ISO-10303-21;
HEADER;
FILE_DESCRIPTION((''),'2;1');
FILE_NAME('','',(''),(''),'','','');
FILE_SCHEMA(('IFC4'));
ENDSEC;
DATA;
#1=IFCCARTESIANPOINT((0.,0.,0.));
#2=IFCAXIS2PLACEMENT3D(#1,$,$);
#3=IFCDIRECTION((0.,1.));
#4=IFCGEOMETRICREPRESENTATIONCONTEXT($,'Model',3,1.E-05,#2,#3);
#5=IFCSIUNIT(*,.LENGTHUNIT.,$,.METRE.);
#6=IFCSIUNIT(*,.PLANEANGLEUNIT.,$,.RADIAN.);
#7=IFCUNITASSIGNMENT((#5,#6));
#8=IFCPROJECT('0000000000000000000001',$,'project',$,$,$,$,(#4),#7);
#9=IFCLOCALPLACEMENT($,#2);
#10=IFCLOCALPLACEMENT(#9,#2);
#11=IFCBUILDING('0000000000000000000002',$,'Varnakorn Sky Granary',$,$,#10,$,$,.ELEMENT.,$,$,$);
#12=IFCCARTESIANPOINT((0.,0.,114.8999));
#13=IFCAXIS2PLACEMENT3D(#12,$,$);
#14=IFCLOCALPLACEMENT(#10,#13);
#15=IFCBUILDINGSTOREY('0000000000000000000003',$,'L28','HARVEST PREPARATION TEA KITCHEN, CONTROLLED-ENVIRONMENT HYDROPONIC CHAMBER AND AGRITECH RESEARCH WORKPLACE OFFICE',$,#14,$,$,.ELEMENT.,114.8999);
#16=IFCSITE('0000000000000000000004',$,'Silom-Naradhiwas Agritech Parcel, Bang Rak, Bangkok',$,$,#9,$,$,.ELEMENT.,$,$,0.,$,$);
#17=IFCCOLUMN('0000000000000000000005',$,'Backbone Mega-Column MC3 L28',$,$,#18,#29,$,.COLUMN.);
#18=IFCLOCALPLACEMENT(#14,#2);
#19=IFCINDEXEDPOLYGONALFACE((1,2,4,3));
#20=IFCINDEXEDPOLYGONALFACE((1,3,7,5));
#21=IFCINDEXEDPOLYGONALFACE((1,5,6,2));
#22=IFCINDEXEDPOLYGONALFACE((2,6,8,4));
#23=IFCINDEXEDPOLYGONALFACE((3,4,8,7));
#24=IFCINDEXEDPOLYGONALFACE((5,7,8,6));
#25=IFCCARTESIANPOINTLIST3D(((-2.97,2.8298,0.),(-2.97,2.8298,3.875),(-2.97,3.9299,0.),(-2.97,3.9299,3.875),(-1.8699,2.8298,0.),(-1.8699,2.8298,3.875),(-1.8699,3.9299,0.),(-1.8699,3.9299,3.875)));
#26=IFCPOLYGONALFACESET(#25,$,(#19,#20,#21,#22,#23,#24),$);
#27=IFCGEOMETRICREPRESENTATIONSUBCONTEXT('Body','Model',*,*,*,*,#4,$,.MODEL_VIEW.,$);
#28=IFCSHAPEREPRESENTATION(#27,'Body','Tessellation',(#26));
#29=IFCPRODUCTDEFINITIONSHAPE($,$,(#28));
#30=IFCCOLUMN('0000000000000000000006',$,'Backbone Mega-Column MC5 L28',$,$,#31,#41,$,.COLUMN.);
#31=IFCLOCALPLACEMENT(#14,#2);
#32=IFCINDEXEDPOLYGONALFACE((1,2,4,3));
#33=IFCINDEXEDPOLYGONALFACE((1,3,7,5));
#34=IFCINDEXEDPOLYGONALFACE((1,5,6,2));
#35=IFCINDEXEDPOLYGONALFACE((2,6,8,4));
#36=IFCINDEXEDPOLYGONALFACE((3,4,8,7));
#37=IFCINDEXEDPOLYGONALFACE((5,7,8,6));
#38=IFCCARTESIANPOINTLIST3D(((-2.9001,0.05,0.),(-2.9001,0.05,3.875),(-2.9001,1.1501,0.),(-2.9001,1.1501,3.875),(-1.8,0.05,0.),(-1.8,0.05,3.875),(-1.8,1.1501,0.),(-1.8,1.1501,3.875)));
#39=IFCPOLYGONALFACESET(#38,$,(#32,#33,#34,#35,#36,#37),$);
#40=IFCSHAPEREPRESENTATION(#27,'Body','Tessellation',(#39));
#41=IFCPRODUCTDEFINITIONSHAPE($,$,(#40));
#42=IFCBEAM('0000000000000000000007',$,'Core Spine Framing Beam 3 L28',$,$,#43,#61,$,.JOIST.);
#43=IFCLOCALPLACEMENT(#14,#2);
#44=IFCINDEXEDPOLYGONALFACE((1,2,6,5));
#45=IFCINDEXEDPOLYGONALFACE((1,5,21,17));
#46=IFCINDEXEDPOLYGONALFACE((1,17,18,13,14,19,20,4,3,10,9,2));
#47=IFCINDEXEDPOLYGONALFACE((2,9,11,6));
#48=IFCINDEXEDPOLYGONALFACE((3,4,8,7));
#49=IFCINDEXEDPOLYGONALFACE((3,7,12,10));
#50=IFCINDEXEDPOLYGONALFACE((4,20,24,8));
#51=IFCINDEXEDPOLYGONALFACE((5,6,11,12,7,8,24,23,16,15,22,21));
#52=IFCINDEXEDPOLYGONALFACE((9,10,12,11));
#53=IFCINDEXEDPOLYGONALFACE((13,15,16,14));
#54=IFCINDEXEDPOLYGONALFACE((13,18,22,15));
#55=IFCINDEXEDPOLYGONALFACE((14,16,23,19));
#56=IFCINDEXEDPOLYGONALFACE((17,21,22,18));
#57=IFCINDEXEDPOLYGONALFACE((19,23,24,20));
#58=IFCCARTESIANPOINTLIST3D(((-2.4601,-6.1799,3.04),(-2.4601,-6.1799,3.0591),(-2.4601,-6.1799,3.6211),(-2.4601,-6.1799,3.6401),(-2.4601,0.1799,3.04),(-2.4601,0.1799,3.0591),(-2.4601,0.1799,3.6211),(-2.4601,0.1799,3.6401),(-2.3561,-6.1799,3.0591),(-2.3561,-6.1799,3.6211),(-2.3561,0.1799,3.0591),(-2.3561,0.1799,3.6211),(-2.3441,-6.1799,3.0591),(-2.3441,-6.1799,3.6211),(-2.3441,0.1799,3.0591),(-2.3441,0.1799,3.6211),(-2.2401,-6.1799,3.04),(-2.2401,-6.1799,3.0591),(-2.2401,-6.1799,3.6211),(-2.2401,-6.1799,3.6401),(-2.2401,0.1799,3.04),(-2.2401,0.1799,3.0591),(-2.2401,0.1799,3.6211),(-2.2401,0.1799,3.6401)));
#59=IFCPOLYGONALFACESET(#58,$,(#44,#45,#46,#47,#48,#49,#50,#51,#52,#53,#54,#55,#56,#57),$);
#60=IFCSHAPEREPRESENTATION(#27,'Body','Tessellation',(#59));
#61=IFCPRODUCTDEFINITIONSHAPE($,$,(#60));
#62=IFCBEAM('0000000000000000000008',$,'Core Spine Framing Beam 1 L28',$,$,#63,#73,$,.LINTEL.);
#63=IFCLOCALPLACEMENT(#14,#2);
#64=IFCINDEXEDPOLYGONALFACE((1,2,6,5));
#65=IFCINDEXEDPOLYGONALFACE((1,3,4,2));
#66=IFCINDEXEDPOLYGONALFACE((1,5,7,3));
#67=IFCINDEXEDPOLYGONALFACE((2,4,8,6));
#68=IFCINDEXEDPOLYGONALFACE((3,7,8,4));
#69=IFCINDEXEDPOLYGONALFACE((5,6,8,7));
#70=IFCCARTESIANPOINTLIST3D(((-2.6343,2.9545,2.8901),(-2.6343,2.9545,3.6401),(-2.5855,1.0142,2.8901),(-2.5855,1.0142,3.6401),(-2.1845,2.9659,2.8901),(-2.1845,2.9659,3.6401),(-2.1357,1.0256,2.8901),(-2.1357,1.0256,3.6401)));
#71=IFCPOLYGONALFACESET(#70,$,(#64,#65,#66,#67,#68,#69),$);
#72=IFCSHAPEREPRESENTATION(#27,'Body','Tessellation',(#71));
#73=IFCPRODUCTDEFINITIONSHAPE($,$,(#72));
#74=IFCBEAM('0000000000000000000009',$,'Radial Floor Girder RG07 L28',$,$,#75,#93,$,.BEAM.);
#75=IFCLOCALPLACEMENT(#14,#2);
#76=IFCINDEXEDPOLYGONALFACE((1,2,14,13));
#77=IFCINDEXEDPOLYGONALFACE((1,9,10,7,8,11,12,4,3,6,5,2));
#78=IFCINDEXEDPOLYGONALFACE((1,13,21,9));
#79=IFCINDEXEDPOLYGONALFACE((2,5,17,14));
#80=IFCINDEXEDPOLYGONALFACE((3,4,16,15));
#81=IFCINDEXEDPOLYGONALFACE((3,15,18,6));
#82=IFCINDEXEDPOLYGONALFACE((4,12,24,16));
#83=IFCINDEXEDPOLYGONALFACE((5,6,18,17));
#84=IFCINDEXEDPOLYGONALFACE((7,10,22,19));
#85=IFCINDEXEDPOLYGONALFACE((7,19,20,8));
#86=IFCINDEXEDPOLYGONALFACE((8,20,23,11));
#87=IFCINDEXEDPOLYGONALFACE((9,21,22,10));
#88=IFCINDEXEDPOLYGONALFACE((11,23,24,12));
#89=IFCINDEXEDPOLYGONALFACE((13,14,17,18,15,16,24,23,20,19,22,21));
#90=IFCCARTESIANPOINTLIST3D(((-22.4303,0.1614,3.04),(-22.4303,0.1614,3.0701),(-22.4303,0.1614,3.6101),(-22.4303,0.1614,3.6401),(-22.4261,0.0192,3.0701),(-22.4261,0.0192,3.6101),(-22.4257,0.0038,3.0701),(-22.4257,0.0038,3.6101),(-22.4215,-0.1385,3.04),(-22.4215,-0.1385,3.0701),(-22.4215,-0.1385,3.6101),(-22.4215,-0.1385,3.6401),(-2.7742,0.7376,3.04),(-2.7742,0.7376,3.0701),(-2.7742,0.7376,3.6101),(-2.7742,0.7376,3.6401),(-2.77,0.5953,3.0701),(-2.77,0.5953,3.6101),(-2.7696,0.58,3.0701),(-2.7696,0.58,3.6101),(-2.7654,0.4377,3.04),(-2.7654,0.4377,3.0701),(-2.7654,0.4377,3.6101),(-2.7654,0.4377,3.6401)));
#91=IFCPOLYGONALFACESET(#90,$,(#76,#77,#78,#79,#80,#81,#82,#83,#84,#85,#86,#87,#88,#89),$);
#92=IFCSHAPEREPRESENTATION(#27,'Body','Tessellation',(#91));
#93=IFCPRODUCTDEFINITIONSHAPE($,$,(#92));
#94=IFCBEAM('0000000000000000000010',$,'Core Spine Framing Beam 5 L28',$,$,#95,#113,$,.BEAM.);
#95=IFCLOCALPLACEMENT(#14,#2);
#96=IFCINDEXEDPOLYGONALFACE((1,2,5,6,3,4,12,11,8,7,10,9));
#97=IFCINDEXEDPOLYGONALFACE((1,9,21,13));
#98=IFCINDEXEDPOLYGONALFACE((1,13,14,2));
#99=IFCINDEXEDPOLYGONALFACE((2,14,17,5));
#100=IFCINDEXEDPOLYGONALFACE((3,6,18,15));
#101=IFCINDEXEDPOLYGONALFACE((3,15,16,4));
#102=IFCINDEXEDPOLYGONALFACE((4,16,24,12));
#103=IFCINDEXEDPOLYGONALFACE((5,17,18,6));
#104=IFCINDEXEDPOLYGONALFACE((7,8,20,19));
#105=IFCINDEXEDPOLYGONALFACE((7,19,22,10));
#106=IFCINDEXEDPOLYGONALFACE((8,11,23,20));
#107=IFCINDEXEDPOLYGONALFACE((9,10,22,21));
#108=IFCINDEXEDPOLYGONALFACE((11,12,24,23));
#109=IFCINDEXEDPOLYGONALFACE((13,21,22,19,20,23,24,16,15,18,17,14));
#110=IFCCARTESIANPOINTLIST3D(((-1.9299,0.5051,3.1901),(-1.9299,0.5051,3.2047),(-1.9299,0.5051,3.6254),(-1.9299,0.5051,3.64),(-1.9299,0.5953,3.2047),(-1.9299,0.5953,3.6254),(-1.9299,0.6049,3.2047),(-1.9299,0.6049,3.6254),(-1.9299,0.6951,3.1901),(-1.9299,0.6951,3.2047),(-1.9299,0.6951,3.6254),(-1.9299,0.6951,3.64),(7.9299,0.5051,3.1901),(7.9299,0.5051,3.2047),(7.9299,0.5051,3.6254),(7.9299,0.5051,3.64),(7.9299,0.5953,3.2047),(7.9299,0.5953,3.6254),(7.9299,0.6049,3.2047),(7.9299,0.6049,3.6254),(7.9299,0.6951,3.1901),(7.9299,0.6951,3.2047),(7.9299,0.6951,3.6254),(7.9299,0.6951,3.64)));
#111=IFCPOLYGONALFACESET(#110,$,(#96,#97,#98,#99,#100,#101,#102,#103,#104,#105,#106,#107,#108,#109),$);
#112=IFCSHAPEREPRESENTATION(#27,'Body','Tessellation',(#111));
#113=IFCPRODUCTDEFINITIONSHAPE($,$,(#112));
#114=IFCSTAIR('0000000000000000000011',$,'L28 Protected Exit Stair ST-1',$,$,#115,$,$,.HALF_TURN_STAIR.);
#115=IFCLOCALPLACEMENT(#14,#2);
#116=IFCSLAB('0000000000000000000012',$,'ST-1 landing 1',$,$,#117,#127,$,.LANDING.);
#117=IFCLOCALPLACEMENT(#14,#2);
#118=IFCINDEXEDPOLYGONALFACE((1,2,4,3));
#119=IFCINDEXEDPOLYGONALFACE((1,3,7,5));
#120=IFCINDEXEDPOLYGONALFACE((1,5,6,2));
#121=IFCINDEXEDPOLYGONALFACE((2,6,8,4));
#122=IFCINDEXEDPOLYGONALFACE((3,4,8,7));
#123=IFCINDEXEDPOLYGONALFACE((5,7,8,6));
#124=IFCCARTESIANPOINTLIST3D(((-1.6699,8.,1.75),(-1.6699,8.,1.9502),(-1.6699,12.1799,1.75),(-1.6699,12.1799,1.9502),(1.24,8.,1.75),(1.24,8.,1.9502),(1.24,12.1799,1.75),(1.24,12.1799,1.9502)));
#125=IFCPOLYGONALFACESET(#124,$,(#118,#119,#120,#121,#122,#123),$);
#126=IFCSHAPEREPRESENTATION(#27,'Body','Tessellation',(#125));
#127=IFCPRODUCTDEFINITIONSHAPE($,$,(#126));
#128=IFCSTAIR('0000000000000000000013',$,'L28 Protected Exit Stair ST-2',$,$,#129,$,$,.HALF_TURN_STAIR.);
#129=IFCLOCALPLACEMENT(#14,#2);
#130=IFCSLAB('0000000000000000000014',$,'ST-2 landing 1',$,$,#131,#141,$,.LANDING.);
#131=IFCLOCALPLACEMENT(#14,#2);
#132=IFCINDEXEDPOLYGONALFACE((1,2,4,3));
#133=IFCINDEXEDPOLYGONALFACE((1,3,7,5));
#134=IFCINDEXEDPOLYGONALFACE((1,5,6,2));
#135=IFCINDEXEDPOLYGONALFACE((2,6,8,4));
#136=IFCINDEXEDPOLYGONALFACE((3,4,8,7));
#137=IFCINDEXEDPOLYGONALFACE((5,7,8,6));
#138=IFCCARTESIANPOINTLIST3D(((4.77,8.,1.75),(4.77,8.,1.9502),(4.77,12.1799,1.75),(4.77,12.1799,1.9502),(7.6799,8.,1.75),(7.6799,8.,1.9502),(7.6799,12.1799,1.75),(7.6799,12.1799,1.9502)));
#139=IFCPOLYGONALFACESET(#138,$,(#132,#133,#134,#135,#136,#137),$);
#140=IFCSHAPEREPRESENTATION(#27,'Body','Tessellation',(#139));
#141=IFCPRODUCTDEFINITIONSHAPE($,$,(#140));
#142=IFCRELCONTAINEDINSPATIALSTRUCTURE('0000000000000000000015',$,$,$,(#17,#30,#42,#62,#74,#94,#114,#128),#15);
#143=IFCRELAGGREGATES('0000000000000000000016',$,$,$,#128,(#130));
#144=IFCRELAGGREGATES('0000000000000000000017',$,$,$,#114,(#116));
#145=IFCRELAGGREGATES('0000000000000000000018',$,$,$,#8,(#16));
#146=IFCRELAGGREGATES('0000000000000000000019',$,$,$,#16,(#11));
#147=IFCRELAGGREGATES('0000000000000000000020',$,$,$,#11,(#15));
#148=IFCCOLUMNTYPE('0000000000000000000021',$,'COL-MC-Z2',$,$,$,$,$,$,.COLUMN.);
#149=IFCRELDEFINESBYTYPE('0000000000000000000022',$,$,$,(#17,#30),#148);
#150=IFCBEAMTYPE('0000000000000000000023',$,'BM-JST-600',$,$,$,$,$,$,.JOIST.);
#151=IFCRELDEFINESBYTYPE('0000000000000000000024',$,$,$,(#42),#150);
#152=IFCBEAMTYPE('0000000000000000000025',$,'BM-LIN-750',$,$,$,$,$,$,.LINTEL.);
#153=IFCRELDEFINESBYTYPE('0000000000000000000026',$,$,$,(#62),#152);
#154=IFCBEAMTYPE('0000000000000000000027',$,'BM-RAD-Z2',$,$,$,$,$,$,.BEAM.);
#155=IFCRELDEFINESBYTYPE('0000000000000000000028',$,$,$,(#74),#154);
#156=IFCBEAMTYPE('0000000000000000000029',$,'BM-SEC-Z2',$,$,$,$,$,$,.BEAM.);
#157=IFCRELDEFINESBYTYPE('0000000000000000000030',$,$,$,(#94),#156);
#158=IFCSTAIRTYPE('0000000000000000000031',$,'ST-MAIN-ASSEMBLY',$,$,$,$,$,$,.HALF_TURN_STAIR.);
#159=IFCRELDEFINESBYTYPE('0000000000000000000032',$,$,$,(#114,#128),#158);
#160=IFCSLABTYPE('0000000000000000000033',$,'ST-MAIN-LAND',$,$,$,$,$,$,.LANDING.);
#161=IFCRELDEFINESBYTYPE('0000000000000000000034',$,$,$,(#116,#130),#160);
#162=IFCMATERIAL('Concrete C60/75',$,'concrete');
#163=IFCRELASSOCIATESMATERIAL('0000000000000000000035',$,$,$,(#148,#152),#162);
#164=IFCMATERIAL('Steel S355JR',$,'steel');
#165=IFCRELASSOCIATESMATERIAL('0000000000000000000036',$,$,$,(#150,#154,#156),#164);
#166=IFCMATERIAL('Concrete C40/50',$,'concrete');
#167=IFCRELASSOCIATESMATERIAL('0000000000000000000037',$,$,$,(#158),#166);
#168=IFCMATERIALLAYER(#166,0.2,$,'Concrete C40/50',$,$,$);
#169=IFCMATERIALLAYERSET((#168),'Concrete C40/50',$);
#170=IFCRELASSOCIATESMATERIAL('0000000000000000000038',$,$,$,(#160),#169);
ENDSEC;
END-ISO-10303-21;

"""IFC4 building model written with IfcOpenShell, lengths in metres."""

from ifc_helpers import new_model, si_unit, direction, frame, origin, origin_2d, place, context, subcontext, project, spatial, polyline, rectangle, i_section, outline, extrude, material, layer, layer_set, material_profile, profile_set, type_object, element, aggregate, save


model = new_model("IFC4")

# Units and contexts
model_context = context("Model", 3, precision=1e-05, world=origin(), true_north=direction((0.0, 1.0)))
body_context = subcontext(model_context, "Body", "Model", "MODEL_VIEW")
ifc_project = project(units=[si_unit("LENGTHUNIT", "METRE"), si_unit("PLANEANGLEUNIT", "RADIAN")], contexts=[model_context])

# Site, building, storey
site_placement = place(None, origin())
site = spatial("IfcSite", under=ifc_project, at=site_placement, Name="Silom-Naradhiwas Agritech Parcel, Bang Rak, Bangkok", CompositionType="ELEMENT", RefElevation=0.0)
building_placement = place(site_placement, origin())
building = spatial("IfcBuilding", under=site, at=building_placement, Name="Varnakorn Sky Granary", CompositionType="ELEMENT")
storey_placement = place(building_placement, frame((0.0, 0.0, 114.8999)))
storey = spatial("IfcBuildingStorey", under=building, at=storey_placement, Name="L28", Description="HARVEST PREPARATION TEA KITCHEN, CONTROLLED-ENVIRONMENT HYDROPONIC CHAMBER AND AGRITECH RESEARCH WORKPLACE OFFICE", CompositionType="ELEMENT", Elevation=114.8999)

# Columns
ifc_material_1 = material(Name="Concrete C60/75", Category="concrete")
ifc_material_profile_1 = material_profile(ifc_material_1, rectangle(XDim=1.1001, YDim=1.1001, at=origin_2d()), Name="RC 1100x1100")
ifc_profile_set_1 = profile_set([ifc_material_profile_1], Name="Concrete C60/75")
column_type = type_object("IfcColumnType", Name="COL-MC-Z2", PredefinedType="COLUMN", material=ifc_profile_set_1)
for number, where, z_axis, x_axis, name in (
    (1, (-2.4199, 3.3799, 0.0), (0.0, 0.0, 1.0), (1.0, 0.0, 0.0), "Backbone Mega-Column MC3 L28"),
    (2, (-2.3501, 0.6001, 0.0), (0.0, 0.0, 1.0), (1.0, 0.0, 0.0), "Backbone Mega-Column MC5 L28"),
):
    element("IfcColumn", number, at=place(storey_placement, frame(where, z_axis=z_axis, x_axis=x_axis)), inside=storey, type_object=column_type, Name=name, PredefinedType="COLUMN", context=body_context, shape_type="SweptSolid", body=[
        extrude(rectangle(XDim=1.1001, YDim=1.1001, at=origin_2d()), origin(), (0.0, 0.0, 1.0), 3.875),
    ])

# Beams
ifc_material_2 = material(Name="Steel S355JR", Category="steel")
ifc_material_profile_2 = material_profile(ifc_material_2, i_section(OverallWidth=0.22, OverallDepth=0.6001, WebThickness=0.012, FlangeThickness=0.019, at=origin_2d()), Name="IPE 600")
ifc_profile_set_2 = profile_set([ifc_material_profile_2], Name="Steel S355JR")
beam_type_1 = type_object("IfcBeamType", Name="BM-JST-600", PredefinedType="JOIST", material=ifc_profile_set_2)
beam_1_placement = place(storey_placement, frame((-2.3501, 0.1799, 3.3401), z_axis=(0.0, -1.0, 0.0), x_axis=(1.0, 0.0, 0.0)))
element("IfcBeam", 3, at=beam_1_placement, inside=storey, type_object=beam_type_1, Name="Core Spine Framing Beam 3 L28", PredefinedType="JOIST", context=body_context, shape_type="SweptSolid", body=[
    extrude(i_section(OverallWidth=0.22, OverallDepth=0.6001, WebThickness=0.012, FlangeThickness=0.019, at=origin_2d()), origin(), (0.0, 0.0, 1.0), 6.3599),
])
ifc_material_profile_3 = material_profile(ifc_material_1, rectangle(XDim=0.45, YDim=0.75, at=origin_2d()), Name="RC 450x750")
ifc_profile_set_3 = profile_set([ifc_material_profile_3], Name="Concrete C60/75")
beam_type_2 = type_object("IfcBeamType", Name="BM-LIN-750", PredefinedType="LINTEL", material=ifc_profile_set_3)
beam_2_placement = place(storey_placement, frame((-2.4094, 2.9602, 3.2651), z_axis=(0.025159, -0.999683, 0.0), x_axis=(0.999683, 0.025159, 0.0)))
element("IfcBeam", 4, at=beam_2_placement, inside=storey, type_object=beam_type_2, Name="Core Spine Framing Beam 1 L28", PredefinedType="LINTEL", context=body_context, shape_type="SweptSolid", body=[
    extrude(rectangle(XDim=0.45, YDim=0.75, at=origin_2d()), origin(), (0.0, 0.0, 1.0), 1.9409),
])
ifc_material_profile_4 = material_profile(ifc_material_2, i_section(OverallWidth=0.3, OverallDepth=0.6001, WebThickness=0.0154, FlangeThickness=0.03, at=origin_2d()), Name="HE 600 B")
ifc_profile_set_4 = profile_set([ifc_material_profile_4], Name="Steel S355JR")
beam_type_3 = type_object("IfcBeamType", Name="BM-RAD-Z2", PredefinedType="BEAM", material=ifc_profile_set_4)
beam_3_placement = place(storey_placement, frame((-2.7698, 0.5876, 3.3401), z_axis=(-0.999571, -0.0293, 0.0), x_axis=(0.0293, -0.999571, 0.0)))
element("IfcBeam", 5, at=beam_3_placement, inside=storey, type_object=beam_type_3, Name="Radial Floor Girder RG07 L28", PredefinedType="BEAM", context=body_context, shape_type="SweptSolid", body=[
    extrude(i_section(OverallWidth=0.3, OverallDepth=0.6001, WebThickness=0.0154, FlangeThickness=0.03, at=origin_2d()), origin(), (0.0, 0.0, 1.0), 19.6646),
])
ifc_material_profile_5 = material_profile(ifc_material_2, i_section(OverallWidth=0.1899, OverallDepth=0.45, WebThickness=0.0095, FlangeThickness=0.0146, at=origin_2d()), Name="IPE 450")
ifc_profile_set_5 = profile_set([ifc_material_profile_5], Name="Steel S355JR")
beam_type_4 = type_object("IfcBeamType", Name="BM-SEC-Z2", PredefinedType="BEAM", material=ifc_profile_set_5)
beam_4_placement = place(storey_placement, frame((-1.9299, 0.6001, 3.415), z_axis=(1.0, 0.0, 0.0), x_axis=(0.0, 1.0, 0.0)))
element("IfcBeam", 6, at=beam_4_placement, inside=storey, type_object=beam_type_4, Name="Core Spine Framing Beam 5 L28", PredefinedType="BEAM", context=body_context, shape_type="SweptSolid", body=[
    extrude(i_section(OverallWidth=0.1899, OverallDepth=0.45, WebThickness=0.0095, FlangeThickness=0.0146, at=origin_2d()), origin(), (0.0, 0.0, 1.0), 9.8599),
])

# Stairs, slabs
ifc_material_3 = material(Name="Concrete C40/50", Category="concrete")
stair_type = type_object("IfcStairType", Name="ST-MAIN-ASSEMBLY", PredefinedType="HALF_TURN_STAIR", material=ifc_material_3)
stair_1_placement = place(storey_placement, origin())
stair_1 = element("IfcStair", 7, at=stair_1_placement, inside=storey, type_object=stair_type, Name="L28 Protected Exit Stair ST-1", PredefinedType="HALF_TURN_STAIR")
ifc_layer_1 = layer(ifc_material_3, 0.2, Name="Concrete C40/50")
ifc_layer_set_1 = layer_set([ifc_layer_1], Name="Concrete C40/50")
slab_type_1 = type_object("IfcSlabType", Name="ST-MAIN-LAND", PredefinedType="LANDING", material=ifc_layer_set_1)
slab_1_placement = place(storey_placement, frame((0.0, 0.0, 1.75)))
slab_1 = element("IfcSlab", 8, at=slab_1_placement, type_object=slab_type_1, Name="ST-1 landing 1", PredefinedType="LANDING", context=body_context, shape_type="SweptSolid", body=[
    extrude(outline(polyline([(1.24, 8.0), (1.24, 12.1799), (-1.6699, 12.1799), (-1.6699, 8.0), (1.24, 8.0)])), origin(), (0.0, 0.0, 1.0), 0.2002),
])
stair_2_placement = place(storey_placement, origin())
stair_2 = element("IfcStair", 9, at=stair_2_placement, inside=storey, type_object=stair_type, Name="L28 Protected Exit Stair ST-2", PredefinedType="HALF_TURN_STAIR")
slab_2_placement = place(storey_placement, frame((0.0, 0.0, 1.75)))
slab_2 = element("IfcSlab", 10, at=slab_2_placement, type_object=slab_type_1, Name="ST-2 landing 1", PredefinedType="LANDING", context=body_context, shape_type="SweptSolid", body=[
    extrude(outline(polyline([(7.6799, 8.0), (7.6799, 12.1799), (4.77, 12.1799), (4.77, 8.0), (7.6799, 8.0)])), origin(), (0.0, 0.0, 1.0), 0.2002),
])
aggregate(stair_2, [slab_2])

aggregate(stair_1, [slab_1])

save(model, "model.ifc")
